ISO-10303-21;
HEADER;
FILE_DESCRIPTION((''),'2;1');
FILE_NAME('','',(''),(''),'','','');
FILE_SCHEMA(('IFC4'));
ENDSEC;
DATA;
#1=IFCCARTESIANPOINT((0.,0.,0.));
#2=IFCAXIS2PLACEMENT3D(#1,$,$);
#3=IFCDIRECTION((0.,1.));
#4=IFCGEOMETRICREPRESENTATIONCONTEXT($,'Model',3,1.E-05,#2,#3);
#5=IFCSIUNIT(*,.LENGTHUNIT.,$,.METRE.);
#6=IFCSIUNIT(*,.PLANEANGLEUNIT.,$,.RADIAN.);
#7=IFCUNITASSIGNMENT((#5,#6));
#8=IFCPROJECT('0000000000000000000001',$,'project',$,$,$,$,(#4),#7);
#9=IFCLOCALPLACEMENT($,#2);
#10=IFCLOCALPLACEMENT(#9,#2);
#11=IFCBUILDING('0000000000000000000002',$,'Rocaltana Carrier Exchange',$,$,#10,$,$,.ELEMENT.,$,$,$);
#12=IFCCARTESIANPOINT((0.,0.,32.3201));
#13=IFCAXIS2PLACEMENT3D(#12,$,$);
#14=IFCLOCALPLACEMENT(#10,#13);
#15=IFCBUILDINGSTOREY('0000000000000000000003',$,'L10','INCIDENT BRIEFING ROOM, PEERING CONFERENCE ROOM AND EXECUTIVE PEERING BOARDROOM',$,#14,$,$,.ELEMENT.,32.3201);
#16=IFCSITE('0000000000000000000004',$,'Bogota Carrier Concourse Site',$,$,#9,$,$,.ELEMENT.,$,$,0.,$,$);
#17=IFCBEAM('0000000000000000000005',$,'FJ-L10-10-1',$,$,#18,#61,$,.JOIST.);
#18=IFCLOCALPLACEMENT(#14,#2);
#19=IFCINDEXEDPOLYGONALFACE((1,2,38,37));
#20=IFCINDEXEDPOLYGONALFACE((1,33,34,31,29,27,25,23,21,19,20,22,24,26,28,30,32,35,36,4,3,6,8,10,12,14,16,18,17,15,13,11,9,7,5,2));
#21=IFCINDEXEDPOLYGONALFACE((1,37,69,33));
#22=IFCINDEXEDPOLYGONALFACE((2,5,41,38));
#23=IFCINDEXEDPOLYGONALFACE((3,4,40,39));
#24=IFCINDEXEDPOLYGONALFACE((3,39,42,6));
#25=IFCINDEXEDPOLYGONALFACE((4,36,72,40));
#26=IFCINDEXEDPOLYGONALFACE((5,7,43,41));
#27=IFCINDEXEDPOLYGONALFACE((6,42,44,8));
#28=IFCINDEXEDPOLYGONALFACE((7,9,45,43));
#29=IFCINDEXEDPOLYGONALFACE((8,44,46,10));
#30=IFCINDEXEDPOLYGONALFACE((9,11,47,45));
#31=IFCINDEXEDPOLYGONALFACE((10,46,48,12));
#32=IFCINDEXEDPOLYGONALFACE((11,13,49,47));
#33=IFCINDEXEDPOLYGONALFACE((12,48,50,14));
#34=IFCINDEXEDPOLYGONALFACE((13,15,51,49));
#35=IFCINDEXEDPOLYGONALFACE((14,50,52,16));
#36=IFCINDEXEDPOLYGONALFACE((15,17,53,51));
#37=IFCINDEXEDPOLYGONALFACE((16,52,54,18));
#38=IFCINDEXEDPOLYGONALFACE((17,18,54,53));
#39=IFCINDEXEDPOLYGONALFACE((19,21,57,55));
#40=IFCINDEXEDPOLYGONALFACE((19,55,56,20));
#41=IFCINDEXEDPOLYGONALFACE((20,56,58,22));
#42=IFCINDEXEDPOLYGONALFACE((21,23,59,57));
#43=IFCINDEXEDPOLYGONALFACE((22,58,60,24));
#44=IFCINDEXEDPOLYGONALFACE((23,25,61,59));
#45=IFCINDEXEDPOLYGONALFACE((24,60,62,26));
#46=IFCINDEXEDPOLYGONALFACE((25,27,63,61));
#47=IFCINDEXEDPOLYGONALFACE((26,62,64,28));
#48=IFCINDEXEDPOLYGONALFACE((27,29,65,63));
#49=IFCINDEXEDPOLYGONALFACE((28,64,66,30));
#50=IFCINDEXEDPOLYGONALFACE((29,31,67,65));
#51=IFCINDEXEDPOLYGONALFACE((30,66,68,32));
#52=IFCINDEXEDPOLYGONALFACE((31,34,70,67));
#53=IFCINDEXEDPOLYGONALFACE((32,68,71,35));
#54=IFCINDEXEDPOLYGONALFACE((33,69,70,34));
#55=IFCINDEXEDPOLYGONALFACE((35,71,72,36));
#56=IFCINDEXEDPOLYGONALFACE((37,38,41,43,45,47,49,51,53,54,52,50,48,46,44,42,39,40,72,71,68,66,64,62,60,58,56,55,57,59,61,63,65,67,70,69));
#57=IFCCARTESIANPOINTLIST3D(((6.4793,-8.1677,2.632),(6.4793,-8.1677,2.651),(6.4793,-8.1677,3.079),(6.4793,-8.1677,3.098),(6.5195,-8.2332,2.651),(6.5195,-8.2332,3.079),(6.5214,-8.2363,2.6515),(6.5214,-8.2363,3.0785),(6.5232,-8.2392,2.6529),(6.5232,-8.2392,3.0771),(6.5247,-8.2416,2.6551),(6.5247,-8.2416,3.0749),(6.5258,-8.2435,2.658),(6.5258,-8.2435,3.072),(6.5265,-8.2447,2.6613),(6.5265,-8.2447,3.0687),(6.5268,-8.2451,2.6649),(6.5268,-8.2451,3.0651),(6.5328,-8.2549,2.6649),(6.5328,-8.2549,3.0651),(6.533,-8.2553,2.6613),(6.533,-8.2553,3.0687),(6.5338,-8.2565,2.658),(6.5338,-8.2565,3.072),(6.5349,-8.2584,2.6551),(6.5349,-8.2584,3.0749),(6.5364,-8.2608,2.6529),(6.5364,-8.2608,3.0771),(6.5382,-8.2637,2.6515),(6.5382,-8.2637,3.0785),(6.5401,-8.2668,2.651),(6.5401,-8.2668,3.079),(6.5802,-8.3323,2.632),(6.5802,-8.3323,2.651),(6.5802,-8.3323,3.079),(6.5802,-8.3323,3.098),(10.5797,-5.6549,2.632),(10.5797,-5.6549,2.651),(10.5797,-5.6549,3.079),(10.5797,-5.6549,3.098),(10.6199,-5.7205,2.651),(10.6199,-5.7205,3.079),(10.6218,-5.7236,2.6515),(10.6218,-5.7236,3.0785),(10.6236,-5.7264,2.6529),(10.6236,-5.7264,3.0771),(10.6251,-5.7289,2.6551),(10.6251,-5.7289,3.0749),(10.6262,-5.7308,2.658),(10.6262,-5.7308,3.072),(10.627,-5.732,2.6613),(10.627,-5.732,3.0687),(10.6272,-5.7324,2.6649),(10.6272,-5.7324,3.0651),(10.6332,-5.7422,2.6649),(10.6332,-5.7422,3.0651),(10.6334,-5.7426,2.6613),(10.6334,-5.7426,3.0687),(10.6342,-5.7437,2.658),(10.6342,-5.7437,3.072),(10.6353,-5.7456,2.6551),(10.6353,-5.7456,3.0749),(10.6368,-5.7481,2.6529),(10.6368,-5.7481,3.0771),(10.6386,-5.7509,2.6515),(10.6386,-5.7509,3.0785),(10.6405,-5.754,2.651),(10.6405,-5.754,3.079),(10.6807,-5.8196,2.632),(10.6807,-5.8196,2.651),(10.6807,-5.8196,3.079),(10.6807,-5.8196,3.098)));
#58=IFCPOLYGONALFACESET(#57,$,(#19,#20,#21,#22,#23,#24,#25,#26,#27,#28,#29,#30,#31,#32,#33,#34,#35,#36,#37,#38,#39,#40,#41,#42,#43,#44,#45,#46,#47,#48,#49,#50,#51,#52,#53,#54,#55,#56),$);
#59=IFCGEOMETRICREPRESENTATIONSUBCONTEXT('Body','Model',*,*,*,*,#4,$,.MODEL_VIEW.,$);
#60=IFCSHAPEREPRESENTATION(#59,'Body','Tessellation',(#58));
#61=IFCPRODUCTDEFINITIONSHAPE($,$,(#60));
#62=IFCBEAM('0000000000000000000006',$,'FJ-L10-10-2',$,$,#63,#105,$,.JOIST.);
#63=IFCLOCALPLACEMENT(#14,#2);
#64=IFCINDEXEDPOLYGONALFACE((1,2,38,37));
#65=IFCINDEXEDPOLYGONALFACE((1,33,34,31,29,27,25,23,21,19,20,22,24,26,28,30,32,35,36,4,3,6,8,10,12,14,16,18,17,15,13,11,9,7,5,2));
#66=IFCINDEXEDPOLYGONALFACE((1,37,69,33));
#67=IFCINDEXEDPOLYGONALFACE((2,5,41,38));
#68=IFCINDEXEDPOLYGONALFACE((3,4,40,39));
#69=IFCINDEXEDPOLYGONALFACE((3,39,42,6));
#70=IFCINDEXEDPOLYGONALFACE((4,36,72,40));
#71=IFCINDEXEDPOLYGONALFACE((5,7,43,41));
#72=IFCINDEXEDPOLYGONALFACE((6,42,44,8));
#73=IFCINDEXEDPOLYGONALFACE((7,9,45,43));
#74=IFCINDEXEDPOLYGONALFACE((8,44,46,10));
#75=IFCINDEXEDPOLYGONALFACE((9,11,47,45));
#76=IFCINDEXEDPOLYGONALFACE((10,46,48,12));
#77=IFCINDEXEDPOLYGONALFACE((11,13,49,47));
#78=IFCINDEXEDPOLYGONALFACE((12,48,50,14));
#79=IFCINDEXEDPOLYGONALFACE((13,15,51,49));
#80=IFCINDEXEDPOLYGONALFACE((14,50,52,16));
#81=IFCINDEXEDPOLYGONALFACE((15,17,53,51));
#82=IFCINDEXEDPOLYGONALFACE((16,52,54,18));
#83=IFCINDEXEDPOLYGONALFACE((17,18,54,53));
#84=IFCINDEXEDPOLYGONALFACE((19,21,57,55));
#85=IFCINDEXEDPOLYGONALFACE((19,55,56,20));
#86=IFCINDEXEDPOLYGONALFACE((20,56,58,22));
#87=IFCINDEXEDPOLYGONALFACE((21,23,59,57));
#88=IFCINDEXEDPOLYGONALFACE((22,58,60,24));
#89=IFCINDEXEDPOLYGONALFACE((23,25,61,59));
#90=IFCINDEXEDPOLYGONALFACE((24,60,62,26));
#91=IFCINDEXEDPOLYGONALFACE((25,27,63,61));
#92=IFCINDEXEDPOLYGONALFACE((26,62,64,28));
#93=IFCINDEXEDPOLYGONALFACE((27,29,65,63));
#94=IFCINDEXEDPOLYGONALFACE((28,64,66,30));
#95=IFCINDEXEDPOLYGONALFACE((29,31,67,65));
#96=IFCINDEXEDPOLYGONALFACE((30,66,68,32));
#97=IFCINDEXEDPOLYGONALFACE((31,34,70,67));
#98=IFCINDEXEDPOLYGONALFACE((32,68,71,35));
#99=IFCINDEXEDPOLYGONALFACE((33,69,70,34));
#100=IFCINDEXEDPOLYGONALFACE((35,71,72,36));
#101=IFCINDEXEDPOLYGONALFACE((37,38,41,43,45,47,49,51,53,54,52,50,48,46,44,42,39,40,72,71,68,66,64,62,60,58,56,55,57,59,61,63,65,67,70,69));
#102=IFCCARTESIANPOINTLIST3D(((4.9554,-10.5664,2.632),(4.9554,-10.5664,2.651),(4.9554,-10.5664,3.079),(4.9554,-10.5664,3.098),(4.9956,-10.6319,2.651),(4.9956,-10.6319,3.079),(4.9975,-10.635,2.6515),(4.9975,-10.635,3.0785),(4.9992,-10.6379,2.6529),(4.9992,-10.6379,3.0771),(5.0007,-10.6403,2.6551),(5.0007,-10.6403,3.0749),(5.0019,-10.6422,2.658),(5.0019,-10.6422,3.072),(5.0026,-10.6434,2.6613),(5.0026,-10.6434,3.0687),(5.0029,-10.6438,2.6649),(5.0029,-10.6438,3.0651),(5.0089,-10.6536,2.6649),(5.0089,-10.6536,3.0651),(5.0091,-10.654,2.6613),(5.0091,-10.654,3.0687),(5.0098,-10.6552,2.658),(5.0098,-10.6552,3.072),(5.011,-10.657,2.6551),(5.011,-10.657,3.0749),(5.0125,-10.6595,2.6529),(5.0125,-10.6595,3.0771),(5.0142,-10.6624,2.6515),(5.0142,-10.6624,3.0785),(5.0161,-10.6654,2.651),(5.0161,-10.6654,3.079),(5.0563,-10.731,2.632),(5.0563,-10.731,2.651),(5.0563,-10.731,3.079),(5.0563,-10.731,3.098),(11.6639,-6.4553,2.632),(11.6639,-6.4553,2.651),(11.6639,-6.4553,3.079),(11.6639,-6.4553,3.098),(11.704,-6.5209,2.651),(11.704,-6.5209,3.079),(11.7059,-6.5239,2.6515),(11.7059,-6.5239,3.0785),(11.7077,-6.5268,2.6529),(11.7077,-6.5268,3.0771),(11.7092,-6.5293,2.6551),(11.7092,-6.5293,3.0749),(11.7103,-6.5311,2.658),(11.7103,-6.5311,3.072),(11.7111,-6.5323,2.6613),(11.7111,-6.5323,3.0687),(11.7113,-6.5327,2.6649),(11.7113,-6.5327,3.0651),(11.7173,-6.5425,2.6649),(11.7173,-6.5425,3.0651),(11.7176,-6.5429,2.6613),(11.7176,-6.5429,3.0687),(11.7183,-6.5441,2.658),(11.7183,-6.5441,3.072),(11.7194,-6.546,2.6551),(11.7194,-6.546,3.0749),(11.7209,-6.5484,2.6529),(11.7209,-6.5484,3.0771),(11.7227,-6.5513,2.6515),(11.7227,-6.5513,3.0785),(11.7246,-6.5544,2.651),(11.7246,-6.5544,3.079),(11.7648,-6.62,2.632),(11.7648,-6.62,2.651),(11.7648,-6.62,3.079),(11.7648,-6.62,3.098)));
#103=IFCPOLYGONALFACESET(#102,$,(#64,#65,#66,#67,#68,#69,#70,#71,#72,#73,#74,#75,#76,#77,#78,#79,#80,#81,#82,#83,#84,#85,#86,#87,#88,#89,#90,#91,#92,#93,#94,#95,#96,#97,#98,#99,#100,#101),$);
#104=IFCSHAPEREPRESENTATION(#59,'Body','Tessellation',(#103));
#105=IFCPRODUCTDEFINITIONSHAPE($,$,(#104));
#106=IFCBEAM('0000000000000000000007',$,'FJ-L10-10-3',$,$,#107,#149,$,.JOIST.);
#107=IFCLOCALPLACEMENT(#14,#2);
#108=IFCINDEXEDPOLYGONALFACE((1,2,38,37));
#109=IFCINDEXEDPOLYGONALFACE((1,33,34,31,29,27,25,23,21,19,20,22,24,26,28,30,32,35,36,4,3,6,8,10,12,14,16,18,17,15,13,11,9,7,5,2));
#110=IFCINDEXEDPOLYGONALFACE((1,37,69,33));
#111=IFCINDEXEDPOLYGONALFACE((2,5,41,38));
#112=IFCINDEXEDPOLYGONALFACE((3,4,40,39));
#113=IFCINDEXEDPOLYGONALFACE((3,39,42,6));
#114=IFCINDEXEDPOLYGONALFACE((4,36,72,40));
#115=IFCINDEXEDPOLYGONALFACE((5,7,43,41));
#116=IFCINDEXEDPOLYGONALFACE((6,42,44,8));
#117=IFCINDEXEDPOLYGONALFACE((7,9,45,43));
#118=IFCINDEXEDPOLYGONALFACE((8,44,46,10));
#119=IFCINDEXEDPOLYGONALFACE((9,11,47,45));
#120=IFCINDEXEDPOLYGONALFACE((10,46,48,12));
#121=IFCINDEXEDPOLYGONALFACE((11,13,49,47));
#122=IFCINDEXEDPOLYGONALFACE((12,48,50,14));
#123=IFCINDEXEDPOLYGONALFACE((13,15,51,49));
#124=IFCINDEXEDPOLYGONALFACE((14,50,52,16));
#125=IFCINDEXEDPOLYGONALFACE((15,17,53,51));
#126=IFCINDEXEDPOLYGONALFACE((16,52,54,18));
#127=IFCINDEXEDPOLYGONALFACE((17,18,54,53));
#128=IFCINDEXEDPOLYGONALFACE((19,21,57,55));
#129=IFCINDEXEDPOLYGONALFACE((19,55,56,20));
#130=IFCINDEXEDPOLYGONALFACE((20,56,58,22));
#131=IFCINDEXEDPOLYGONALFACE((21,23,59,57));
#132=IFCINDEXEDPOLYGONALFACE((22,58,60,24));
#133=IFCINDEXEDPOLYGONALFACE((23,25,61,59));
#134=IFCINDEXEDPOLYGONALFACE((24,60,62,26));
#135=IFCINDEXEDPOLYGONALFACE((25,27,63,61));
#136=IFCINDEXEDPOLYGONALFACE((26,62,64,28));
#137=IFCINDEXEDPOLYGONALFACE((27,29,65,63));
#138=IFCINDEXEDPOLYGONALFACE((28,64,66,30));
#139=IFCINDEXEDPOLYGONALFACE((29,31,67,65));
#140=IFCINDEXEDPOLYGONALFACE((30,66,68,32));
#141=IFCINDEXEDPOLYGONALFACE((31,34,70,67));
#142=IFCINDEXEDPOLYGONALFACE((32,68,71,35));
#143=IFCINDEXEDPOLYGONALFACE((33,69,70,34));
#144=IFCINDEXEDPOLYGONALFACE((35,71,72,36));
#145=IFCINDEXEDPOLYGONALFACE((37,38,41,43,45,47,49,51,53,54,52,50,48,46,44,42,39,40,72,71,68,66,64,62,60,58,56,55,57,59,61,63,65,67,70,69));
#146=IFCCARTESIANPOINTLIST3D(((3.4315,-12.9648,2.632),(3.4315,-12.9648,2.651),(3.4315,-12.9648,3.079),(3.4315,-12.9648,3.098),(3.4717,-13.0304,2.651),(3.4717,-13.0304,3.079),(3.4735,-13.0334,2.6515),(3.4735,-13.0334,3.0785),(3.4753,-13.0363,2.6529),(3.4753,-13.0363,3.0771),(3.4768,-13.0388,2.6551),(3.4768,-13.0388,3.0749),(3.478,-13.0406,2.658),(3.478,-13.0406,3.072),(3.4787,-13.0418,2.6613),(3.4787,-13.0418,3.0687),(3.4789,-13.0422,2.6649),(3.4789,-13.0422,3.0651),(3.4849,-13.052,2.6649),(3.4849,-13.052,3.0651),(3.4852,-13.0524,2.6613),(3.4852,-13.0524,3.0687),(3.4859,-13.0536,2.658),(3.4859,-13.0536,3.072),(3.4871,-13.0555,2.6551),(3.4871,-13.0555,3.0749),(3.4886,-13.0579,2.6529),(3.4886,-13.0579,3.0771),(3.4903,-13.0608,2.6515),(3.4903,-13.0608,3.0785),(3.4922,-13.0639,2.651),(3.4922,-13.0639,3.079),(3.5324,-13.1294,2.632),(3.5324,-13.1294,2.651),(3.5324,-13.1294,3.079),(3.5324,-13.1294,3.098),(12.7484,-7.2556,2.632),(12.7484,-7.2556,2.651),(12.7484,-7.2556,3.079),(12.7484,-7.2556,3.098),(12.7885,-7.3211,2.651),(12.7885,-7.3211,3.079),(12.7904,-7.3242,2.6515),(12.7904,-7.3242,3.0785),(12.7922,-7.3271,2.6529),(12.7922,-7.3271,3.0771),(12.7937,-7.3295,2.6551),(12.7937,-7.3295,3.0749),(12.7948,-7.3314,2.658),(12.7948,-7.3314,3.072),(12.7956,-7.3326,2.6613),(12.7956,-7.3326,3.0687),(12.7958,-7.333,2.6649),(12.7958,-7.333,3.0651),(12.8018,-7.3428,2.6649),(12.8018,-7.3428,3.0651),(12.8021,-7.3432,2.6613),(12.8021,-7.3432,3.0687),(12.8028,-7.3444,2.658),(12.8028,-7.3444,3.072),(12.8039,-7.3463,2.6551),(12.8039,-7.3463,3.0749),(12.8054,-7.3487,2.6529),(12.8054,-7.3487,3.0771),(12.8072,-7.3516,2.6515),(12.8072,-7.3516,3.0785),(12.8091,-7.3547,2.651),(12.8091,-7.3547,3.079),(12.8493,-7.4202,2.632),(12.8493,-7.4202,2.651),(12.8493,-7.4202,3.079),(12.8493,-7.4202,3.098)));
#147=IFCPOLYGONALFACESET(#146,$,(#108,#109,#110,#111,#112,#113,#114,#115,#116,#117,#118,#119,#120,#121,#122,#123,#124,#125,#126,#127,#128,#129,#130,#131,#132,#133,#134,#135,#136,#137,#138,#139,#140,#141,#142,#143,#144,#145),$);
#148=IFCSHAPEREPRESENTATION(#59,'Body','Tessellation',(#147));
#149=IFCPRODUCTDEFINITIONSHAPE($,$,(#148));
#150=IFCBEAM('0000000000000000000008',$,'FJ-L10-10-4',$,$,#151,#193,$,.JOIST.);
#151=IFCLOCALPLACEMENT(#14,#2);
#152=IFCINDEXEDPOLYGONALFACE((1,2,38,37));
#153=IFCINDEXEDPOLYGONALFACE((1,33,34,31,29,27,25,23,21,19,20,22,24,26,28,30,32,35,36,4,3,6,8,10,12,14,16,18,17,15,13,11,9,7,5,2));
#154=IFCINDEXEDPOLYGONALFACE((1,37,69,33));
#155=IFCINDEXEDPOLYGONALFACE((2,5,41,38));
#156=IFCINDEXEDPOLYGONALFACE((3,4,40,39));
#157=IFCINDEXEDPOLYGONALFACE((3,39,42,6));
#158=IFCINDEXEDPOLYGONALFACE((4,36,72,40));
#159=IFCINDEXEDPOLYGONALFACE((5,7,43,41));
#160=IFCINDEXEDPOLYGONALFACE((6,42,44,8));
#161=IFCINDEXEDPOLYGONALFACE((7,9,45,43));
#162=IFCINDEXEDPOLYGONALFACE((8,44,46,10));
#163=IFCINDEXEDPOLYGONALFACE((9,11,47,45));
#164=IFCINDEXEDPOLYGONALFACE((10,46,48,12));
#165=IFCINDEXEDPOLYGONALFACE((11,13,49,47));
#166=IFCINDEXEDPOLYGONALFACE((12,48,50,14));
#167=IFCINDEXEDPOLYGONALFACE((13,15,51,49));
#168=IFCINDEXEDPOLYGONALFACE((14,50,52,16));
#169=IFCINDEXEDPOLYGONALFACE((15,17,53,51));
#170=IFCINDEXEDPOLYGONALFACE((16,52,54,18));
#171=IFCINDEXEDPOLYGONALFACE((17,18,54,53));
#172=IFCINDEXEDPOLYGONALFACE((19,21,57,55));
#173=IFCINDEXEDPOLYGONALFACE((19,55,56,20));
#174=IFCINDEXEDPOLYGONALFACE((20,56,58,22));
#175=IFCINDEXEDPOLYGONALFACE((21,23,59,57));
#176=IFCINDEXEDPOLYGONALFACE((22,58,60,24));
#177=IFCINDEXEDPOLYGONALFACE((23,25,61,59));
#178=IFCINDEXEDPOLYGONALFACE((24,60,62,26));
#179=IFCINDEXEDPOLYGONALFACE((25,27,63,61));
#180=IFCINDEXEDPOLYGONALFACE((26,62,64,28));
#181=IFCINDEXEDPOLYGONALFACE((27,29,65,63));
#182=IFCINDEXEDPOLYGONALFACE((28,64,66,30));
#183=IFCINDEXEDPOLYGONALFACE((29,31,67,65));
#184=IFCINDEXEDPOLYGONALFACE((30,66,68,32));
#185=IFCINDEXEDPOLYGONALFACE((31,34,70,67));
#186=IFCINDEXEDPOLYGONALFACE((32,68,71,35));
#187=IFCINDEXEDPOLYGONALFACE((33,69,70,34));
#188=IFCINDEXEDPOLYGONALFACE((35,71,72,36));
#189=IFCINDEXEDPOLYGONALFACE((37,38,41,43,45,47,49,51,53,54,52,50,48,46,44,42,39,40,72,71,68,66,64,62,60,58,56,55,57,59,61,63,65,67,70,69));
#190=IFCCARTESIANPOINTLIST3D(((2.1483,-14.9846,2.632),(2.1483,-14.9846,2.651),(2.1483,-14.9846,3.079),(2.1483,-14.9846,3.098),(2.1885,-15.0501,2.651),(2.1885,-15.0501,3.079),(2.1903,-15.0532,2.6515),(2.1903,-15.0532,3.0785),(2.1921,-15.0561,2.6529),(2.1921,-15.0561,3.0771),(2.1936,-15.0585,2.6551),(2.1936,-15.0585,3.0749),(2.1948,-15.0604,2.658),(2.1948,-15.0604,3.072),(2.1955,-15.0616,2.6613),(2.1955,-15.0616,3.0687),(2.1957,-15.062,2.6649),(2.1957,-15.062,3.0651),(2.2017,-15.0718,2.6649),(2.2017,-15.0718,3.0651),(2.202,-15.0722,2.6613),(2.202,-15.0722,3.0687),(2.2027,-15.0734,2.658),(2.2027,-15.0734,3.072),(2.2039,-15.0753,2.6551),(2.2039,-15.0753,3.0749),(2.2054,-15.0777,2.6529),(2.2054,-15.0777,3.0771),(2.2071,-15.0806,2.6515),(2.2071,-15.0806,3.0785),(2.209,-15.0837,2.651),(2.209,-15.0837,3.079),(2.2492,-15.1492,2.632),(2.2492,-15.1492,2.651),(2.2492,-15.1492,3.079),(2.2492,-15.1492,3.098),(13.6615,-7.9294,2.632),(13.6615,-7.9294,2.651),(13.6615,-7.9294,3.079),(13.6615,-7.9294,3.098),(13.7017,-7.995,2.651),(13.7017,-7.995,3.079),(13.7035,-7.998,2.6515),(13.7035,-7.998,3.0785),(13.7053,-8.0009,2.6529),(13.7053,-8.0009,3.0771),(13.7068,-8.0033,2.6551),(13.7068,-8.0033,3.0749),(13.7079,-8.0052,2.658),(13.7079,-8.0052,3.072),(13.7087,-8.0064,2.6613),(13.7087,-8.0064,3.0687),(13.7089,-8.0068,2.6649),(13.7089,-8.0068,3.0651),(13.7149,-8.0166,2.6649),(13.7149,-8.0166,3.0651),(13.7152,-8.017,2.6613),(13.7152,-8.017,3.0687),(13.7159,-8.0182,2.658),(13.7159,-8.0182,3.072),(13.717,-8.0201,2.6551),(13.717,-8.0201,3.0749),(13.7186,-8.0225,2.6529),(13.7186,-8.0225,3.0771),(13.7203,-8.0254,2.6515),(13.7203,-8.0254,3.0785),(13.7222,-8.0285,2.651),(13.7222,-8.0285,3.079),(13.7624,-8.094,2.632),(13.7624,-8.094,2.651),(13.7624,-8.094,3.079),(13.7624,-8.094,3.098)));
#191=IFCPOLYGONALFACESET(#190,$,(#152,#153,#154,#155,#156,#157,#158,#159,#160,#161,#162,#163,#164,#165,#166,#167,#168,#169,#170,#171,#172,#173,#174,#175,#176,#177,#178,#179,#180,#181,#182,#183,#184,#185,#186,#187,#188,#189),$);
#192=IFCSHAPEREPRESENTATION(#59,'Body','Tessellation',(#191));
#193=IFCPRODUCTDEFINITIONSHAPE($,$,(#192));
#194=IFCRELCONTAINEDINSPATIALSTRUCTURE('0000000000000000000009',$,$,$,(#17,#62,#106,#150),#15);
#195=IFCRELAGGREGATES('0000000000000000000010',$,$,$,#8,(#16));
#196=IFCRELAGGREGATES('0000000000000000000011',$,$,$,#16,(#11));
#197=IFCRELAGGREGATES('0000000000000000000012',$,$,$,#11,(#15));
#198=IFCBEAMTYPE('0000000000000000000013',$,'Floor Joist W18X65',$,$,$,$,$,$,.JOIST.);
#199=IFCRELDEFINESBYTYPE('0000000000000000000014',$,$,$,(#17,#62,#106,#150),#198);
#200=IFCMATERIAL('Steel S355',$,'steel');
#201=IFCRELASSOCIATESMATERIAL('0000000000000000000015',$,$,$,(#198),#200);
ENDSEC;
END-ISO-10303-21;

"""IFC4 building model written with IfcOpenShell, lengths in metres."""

from ifc_helpers import new_model, si_unit, direction, frame, origin, origin_2d, place, context, subcontext, project, spatial, i_section, extrude, material, material_profile, profile_set, type_object, element, save


model = new_model("IFC4")

# Units and contexts
model_context = context("Model", 3, precision=1e-05, world=origin(), true_north=direction((0.0, 1.0)))
body_context = subcontext(model_context, "Body", "Model", "MODEL_VIEW")
ifc_project = project(units=[si_unit("LENGTHUNIT", "METRE"), si_unit("PLANEANGLEUNIT", "RADIAN")], contexts=[model_context])

# Site, building, storey
site_placement = place(None, origin())
site = spatial("IfcSite", under=ifc_project, at=site_placement, Name="Bogota Carrier Concourse Site", CompositionType="ELEMENT", RefElevation=0.0)
building_placement = place(site_placement, origin())
building = spatial("IfcBuilding", under=site, at=building_placement, Name="Rocaltana Carrier Exchange", CompositionType="ELEMENT")
storey_placement = place(building_placement, frame((0.0, 0.0, 32.3201)))
storey = spatial("IfcBuildingStorey", under=building, at=storey_placement, Name="L10", Description="INCIDENT BRIEFING ROOM, PEERING CONFERENCE ROOM AND EXECUTIVE PEERING BOARDROOM", CompositionType="ELEMENT", Elevation=32.3201)

# Beams
ifc_material_1 = material(Name="Steel S355", Category="steel")
ifc_material_profile_1 = material_profile(ifc_material_1, i_section(OverallWidth=0.1931, OverallDepth=0.4661, WebThickness=0.0115, FlangeThickness=0.019, FilletRadius=0.0139, at=origin_2d()), Name="W18X65")
ifc_profile_set_1 = profile_set([ifc_material_profile_1], Name="Steel S355")
beam_type_1 = type_object("IfcBeamType", Name="Floor Joist W18X65", PredefinedType="JOIST", material=ifc_profile_set_1)
beam_1_placement = place(storey_placement, frame((6.5298, -8.25, 2.865), z_axis=(0.85264, 0.522499, 0.0), x_axis=(-0.522499, 0.85264, 0.0)))
element("IfcBeam", 1, at=beam_1_placement, inside=storey, type_object=beam_type_1, Name="FJ-L10-10-1", PredefinedType="JOIST", context=body_context, shape_type="SweptSolid", body=[
    extrude(i_section(OverallWidth=0.1931, OverallDepth=0.4661, WebThickness=0.0115, FlangeThickness=0.019, FilletRadius=0.0139, at=origin_2d()), origin(), (0.0, 0.0, 1.0), 4.8091),
])
beam_2_placement = place(storey_placement, frame((5.0059, -10.6487, 2.865), z_axis=(0.852634, 0.522509, 0.0), x_axis=(-0.522509, 0.852634, 0.0)))
element("IfcBeam", 2, at=beam_2_placement, inside=storey, type_object=beam_type_1, Name="FJ-L10-10-2", PredefinedType="JOIST", context=body_context, shape_type="SweptSolid", body=[
    extrude(i_section(OverallWidth=0.1931, OverallDepth=0.4661, WebThickness=0.0115, FlangeThickness=0.019, FilletRadius=0.0139, at=origin_2d()), origin(), (0.0, 0.0, 1.0), 7.8679),
])
beam_3_placement = place(storey_placement, frame((3.4819, -13.0471, 2.865), z_axis=(0.852647, 0.522487, 0.0), x_axis=(-0.522487, 0.852647, 0.0)))
element("IfcBeam", 3, at=beam_3_placement, inside=storey, type_object=beam_type_1, Name="FJ-L10-10-3", PredefinedType="JOIST", context=body_context, shape_type="SweptSolid", body=[
    extrude(i_section(OverallWidth=0.1931, OverallDepth=0.4661, WebThickness=0.0115, FlangeThickness=0.019, FilletRadius=0.0139, at=origin_2d()), origin(), (0.0, 0.0, 1.0), 10.927),
])
beam_4_placement = place(storey_placement, frame((2.1987, -15.0669, 2.865), z_axis=(0.852644, 0.522493, 0.0), x_axis=(-0.522493, 0.852644, 0.0)))
element("IfcBeam", 4, at=beam_4_placement, inside=storey, type_object=beam_type_1, Name="FJ-L10-10-4", PredefinedType="JOIST", context=body_context, shape_type="SweptSolid", body=[
    extrude(i_section(OverallWidth=0.1931, OverallDepth=0.4661, WebThickness=0.0115, FlangeThickness=0.019, FilletRadius=0.0139, at=origin_2d()), origin(), (0.0, 0.0, 1.0), 13.5029),
])

save(model, "model.ifc")
